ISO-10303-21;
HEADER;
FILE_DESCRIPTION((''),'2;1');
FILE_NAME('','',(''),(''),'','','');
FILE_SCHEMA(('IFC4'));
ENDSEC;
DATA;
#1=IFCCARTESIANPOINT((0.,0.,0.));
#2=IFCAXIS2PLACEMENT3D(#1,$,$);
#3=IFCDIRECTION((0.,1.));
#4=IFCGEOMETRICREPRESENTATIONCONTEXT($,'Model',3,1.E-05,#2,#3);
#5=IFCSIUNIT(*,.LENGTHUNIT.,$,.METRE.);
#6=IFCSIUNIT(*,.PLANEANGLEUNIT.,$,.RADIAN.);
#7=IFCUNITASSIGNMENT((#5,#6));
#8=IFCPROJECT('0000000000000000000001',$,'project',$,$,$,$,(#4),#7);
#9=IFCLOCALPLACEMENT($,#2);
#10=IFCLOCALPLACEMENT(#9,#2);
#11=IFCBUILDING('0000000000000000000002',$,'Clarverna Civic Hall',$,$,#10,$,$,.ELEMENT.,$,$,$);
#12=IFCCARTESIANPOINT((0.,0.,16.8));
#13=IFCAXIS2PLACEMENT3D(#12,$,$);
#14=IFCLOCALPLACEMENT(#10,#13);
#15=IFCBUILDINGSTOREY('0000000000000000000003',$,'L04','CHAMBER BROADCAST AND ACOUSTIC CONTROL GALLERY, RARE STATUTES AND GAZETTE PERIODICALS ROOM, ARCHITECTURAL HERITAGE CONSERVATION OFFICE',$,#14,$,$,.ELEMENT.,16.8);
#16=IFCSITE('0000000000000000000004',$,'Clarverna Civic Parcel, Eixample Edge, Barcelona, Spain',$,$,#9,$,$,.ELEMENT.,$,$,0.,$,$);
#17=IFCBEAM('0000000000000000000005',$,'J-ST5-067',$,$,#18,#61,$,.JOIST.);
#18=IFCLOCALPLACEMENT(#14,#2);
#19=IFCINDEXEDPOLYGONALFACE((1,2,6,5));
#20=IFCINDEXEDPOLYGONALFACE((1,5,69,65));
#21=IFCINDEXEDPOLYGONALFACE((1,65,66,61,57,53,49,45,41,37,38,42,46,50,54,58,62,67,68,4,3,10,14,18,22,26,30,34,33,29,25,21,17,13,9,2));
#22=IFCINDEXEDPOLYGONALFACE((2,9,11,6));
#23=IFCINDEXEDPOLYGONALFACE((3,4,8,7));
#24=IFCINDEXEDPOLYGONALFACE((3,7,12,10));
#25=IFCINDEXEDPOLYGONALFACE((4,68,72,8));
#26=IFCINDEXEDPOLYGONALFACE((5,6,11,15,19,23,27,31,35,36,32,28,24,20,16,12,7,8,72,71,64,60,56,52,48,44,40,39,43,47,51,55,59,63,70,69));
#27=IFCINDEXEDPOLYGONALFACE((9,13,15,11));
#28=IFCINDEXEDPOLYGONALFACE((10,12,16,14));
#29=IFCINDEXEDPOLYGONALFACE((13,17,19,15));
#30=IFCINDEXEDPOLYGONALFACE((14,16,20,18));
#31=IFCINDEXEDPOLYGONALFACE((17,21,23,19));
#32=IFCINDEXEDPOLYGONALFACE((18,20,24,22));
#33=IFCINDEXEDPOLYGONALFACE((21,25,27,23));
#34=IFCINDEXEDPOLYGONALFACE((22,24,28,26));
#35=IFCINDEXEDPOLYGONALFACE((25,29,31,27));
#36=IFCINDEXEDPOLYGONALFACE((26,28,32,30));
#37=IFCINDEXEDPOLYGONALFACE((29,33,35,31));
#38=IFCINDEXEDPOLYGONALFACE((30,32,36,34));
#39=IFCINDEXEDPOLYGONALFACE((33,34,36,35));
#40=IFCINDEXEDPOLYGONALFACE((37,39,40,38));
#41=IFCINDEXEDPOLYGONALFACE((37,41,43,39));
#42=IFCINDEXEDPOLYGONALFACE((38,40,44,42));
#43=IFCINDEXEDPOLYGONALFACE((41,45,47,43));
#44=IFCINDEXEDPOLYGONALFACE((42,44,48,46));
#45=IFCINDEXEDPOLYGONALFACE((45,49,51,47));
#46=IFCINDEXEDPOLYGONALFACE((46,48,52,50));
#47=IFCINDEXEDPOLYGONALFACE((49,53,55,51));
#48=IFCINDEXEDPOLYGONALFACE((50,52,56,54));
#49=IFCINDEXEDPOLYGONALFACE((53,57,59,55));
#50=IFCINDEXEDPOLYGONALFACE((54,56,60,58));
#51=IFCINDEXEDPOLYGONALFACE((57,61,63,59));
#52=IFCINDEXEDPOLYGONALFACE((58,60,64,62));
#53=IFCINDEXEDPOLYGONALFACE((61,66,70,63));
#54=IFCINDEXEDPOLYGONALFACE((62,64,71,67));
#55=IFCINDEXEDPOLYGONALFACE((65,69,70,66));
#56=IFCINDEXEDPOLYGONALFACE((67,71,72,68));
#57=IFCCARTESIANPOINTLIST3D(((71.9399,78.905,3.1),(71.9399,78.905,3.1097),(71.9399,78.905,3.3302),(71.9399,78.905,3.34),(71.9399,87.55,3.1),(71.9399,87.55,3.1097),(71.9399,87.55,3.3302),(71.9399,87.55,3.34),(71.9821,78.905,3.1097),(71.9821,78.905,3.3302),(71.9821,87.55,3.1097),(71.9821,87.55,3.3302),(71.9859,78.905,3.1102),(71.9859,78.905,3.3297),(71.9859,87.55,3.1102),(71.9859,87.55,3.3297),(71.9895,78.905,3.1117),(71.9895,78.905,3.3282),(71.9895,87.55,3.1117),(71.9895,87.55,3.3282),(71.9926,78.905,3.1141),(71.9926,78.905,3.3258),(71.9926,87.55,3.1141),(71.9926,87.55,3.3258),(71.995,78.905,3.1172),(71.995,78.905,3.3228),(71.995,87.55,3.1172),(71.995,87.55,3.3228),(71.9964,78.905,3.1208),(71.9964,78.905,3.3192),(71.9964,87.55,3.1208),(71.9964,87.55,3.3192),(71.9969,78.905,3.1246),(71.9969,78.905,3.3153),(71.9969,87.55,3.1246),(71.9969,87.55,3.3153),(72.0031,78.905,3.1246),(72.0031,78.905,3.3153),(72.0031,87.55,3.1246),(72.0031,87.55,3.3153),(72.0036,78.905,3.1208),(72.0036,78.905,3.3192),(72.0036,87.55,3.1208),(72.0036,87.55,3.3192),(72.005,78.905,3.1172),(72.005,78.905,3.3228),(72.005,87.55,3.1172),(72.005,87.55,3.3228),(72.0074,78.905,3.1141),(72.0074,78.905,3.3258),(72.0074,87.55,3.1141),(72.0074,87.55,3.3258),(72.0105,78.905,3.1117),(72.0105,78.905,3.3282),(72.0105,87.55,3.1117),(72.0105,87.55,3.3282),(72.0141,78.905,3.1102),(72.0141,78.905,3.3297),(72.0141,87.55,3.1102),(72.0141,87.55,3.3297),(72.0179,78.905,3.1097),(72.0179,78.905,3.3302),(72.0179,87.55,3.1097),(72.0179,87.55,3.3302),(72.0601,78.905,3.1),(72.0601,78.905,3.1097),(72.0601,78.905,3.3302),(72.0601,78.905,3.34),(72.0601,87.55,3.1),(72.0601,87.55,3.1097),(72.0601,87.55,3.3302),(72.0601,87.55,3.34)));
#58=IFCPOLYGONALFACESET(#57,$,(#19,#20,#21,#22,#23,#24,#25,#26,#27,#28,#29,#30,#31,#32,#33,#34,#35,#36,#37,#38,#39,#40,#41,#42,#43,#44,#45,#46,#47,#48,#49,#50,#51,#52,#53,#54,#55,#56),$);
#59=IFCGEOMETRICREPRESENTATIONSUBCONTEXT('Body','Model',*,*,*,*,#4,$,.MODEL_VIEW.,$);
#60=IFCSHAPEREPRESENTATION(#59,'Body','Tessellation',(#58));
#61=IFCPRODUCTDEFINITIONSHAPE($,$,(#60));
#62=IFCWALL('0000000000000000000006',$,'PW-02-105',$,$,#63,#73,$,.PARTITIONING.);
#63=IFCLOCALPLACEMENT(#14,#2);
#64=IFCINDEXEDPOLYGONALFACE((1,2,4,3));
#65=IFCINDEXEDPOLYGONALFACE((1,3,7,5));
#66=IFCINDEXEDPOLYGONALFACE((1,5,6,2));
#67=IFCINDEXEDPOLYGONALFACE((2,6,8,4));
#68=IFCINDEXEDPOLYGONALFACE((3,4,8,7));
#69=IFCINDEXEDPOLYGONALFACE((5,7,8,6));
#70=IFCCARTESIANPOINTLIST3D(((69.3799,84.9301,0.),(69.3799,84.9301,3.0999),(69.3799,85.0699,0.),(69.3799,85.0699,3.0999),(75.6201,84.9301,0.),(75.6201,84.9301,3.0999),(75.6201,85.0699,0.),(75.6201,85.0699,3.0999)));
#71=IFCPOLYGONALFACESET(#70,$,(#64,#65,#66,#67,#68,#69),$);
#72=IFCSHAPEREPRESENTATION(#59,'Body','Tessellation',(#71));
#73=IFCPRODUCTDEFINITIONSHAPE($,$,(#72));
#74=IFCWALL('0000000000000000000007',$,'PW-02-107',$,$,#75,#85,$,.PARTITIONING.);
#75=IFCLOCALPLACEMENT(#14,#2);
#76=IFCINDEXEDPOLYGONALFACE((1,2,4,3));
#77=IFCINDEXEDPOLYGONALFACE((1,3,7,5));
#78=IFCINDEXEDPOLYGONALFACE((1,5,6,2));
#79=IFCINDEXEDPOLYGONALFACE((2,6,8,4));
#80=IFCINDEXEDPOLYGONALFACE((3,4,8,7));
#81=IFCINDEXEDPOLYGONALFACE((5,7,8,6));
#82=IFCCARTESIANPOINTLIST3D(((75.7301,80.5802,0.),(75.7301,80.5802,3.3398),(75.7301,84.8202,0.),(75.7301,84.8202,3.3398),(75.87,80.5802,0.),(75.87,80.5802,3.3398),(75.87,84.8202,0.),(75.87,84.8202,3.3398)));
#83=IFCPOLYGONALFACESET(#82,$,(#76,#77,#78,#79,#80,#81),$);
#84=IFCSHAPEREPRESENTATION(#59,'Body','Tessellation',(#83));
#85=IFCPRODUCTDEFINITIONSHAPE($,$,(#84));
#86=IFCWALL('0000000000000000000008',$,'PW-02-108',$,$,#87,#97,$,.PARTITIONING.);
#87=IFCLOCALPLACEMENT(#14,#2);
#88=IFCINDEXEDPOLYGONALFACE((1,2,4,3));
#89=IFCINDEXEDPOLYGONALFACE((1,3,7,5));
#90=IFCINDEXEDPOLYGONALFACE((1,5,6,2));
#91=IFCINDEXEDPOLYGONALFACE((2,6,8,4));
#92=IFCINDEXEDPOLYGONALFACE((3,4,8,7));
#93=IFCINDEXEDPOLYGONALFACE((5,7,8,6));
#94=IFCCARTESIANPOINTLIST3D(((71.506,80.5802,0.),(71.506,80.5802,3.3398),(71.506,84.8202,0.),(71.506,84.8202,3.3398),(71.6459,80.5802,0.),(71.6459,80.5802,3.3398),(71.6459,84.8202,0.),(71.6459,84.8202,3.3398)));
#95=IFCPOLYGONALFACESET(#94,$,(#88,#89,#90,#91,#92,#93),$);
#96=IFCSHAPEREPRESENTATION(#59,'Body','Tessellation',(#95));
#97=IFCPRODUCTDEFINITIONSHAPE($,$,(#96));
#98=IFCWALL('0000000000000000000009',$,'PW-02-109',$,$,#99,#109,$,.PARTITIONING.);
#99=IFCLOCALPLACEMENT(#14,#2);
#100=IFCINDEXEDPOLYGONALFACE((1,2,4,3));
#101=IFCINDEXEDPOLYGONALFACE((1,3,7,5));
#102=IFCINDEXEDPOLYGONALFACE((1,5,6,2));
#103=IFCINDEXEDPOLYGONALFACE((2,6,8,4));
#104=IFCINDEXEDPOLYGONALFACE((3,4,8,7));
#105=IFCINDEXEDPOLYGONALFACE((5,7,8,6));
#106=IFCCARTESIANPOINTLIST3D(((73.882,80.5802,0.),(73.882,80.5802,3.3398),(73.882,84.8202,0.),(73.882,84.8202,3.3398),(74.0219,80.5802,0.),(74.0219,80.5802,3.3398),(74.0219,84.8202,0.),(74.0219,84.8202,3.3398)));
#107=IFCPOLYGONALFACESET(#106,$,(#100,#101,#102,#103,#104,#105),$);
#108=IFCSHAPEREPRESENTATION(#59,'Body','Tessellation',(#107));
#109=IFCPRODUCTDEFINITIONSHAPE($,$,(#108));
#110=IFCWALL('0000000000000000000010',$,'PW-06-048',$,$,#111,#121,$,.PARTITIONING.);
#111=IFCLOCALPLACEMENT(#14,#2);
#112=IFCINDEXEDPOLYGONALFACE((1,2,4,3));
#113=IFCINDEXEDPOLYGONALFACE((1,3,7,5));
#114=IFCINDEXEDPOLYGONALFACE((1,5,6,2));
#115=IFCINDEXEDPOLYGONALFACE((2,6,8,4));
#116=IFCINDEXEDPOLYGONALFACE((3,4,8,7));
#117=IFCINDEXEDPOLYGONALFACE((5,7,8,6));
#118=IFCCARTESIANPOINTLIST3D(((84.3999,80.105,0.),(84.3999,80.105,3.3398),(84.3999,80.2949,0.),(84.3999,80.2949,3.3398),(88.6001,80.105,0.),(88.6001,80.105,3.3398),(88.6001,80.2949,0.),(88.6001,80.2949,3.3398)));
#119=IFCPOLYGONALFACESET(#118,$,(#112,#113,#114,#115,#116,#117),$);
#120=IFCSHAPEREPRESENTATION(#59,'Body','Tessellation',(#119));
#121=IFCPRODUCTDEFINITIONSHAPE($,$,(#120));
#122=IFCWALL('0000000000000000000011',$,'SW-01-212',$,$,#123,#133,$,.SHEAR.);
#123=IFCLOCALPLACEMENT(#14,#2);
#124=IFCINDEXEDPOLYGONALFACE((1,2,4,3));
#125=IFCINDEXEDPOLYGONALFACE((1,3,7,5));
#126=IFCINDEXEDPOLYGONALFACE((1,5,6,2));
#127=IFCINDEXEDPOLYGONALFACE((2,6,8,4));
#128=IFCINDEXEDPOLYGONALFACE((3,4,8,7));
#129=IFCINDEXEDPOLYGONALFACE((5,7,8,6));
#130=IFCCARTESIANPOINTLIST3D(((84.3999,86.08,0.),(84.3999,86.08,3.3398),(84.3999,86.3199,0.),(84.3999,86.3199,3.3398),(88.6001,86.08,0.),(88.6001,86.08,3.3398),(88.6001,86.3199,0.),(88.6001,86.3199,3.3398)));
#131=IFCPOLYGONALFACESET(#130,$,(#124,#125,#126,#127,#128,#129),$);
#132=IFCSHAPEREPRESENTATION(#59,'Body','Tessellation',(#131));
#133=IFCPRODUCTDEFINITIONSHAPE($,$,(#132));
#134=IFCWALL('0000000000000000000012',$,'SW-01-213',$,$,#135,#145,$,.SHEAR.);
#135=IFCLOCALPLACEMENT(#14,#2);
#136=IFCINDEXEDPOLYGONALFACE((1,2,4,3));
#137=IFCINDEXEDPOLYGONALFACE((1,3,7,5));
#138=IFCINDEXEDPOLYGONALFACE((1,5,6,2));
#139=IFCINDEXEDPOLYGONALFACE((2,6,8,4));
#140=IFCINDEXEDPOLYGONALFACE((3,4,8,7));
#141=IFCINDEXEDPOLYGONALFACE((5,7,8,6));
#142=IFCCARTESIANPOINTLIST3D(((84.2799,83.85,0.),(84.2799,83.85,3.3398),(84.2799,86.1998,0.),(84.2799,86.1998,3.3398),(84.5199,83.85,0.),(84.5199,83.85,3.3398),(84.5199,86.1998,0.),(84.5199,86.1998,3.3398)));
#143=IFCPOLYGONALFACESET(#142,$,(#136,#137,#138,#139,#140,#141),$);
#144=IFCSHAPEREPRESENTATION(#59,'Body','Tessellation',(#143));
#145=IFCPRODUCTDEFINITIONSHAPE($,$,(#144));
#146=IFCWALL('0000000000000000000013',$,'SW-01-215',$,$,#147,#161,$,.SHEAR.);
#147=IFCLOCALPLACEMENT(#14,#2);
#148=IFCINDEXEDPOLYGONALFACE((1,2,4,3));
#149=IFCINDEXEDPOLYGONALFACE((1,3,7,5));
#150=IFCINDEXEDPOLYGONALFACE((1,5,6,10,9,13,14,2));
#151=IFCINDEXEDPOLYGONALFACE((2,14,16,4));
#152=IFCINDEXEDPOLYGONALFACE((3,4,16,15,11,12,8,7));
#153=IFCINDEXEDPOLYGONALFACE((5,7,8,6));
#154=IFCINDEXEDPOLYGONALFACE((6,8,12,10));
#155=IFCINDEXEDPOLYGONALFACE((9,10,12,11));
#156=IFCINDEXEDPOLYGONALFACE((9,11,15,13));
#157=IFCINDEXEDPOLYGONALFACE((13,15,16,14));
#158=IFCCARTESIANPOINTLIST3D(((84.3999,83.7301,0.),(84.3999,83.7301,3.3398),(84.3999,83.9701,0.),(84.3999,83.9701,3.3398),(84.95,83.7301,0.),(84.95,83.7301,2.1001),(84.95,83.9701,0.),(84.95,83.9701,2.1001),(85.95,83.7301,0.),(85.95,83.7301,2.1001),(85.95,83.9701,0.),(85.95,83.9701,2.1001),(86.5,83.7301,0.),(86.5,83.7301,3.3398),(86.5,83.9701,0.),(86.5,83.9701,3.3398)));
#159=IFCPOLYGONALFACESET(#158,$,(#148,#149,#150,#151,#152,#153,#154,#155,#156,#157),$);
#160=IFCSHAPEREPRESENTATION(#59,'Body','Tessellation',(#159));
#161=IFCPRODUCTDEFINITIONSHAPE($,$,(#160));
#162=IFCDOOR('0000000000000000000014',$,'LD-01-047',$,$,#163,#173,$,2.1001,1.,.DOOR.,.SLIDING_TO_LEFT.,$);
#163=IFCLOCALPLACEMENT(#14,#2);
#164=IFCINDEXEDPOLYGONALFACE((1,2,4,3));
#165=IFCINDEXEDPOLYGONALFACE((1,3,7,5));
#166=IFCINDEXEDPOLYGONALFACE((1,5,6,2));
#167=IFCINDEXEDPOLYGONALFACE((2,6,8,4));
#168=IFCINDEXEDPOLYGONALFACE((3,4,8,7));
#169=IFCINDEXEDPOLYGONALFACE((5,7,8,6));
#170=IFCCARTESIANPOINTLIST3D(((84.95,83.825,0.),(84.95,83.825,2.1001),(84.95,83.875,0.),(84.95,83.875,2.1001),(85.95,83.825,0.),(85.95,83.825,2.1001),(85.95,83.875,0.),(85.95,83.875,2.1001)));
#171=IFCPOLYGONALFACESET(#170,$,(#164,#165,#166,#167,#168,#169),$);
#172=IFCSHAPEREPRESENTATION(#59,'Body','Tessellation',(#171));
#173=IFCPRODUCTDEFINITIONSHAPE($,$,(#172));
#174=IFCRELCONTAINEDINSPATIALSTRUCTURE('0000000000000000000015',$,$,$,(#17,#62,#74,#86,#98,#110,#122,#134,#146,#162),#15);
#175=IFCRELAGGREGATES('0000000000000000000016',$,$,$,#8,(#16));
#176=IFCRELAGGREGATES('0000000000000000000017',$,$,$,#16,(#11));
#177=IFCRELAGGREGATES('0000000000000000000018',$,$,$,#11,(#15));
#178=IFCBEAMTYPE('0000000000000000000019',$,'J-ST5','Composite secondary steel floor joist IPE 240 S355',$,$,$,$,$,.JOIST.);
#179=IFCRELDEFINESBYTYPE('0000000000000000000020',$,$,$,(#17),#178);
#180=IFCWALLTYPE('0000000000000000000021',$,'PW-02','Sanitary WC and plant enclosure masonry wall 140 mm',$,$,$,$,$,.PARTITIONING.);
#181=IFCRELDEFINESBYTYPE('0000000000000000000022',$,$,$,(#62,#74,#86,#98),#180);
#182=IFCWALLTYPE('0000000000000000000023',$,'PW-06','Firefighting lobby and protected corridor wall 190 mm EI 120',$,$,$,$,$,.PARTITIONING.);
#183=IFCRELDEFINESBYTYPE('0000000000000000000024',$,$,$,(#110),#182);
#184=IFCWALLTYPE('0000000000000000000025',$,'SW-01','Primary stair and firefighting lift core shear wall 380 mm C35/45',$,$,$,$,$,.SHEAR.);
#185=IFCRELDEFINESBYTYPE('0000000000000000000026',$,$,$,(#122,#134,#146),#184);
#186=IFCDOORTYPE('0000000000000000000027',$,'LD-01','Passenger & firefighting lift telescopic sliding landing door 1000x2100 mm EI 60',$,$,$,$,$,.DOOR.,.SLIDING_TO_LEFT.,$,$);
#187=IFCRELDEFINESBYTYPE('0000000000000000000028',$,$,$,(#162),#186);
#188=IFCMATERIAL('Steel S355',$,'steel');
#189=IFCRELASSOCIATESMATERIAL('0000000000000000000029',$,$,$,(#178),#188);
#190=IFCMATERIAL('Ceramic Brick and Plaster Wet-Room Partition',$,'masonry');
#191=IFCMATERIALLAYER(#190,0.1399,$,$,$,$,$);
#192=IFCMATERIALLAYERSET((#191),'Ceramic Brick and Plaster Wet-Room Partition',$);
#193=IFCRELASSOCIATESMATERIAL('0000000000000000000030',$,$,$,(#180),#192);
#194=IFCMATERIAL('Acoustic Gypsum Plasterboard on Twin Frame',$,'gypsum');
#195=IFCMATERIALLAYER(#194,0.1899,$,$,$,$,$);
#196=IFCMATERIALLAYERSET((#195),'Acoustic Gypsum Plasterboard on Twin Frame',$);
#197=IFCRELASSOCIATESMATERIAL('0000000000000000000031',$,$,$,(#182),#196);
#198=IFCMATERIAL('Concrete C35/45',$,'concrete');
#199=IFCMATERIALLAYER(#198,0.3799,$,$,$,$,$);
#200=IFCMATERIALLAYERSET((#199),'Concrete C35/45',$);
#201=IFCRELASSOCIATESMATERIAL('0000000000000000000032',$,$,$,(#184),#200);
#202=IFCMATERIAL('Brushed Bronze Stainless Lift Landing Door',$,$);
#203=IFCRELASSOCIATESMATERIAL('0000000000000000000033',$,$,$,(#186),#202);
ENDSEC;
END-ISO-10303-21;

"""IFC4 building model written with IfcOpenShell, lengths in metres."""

from ifc_helpers import new_model, si_unit, direction, frame, frame_2d, origin, origin_2d, place, context, subcontext, project, spatial, rectangle, i_section, extrude, material, layer, layer_set, material_profile, profile_set, type_object, element, fill, save


model = new_model("IFC4")

# Units and contexts
model_context = context("Model", 3, precision=1e-05, world=origin(), true_north=direction((0.0, 1.0)))
body_context = subcontext(model_context, "Body", "Model", "MODEL_VIEW")
ifc_project = project(units=[si_unit("LENGTHUNIT", "METRE"), si_unit("PLANEANGLEUNIT", "RADIAN")], contexts=[model_context])

# Site, building, storey
site_placement = place(None, origin())
site = spatial("IfcSite", under=ifc_project, at=site_placement, Name="Clarverna Civic Parcel, Eixample Edge, Barcelona, Spain", CompositionType="ELEMENT", RefElevation=0.0)
building_placement = place(site_placement, origin())
building = spatial("IfcBuilding", under=site, at=building_placement, Name="Clarverna Civic Hall", CompositionType="ELEMENT")
storey_placement = place(building_placement, frame((0.0, 0.0, 16.8)))
storey = spatial("IfcBuildingStorey", under=building, at=storey_placement, Name="L04", Description="CHAMBER BROADCAST AND ACOUSTIC CONTROL GALLERY, RARE STATUTES AND GAZETTE PERIODICALS ROOM, ARCHITECTURAL HERITAGE CONSERVATION OFFICE", CompositionType="ELEMENT", Elevation=16.8)

# Shared definitions
ifc_material_1 = material(Name="Concrete C35/45", Category="concrete")

# Beam
ifc_material_2 = material(Name="Steel S355", Category="steel")
ifc_material_profile_1 = material_profile(ifc_material_2, i_section(OverallWidth=0.1201, OverallDepth=0.24, WebThickness=0.0061, FlangeThickness=0.0098, FilletRadius=0.0149, at=origin_2d()), Name="IPE 240")
ifc_profile_set_1 = profile_set([ifc_material_profile_1], Name="Steel S355")
beam_type_1 = type_object("IfcBeamType", Name="J-ST5", Description="Composite secondary steel floor joist IPE 240 S355", PredefinedType="JOIST", material=ifc_profile_set_1)
beam_1_placement = place(storey_placement, frame((72.0, 78.905, 3.22), z_axis=(0.0, 1.0, 0.0), x_axis=(-1.0, 0.0, 0.0)))
element("IfcBeam", 1, at=beam_1_placement, inside=storey, type_object=beam_type_1, Name="J-ST5-067", PredefinedType="JOIST", context=body_context, shape_type="SweptSolid", body=[
    extrude(i_section(OverallWidth=0.1201, OverallDepth=0.24, WebThickness=0.0061, FlangeThickness=0.0098, FilletRadius=0.0149, at=origin_2d()), origin(), (0.0, 0.0, 1.0), 8.645),
])

# Walls
ifc_material_3 = material(Name="Ceramic Brick and Plaster Wet-Room Partition", Category="masonry")
ifc_layer_1 = layer(ifc_material_3, 0.1399)
ifc_layer_set_1 = layer_set([ifc_layer_1], Name="Ceramic Brick and Plaster Wet-Room Partition")
wall_type_1 = type_object("IfcWallType", Name="PW-02", Description="Sanitary WC and plant enclosure masonry wall 140 mm", PredefinedType="PARTITIONING", material=ifc_layer_set_1)
wall_1_placement = place(storey_placement, frame((69.3799, 85.0, 0.0), z_axis=(0.0, 0.0, 1.0), x_axis=(1.0, 0.0, 0.0)))
element("IfcWall", 2, at=wall_1_placement, inside=storey, type_object=wall_type_1, Name="PW-02-105", PredefinedType="PARTITIONING", context=body_context, shape_type="SweptSolid", body=[
    extrude(rectangle(XDim=6.2402, YDim=0.1399, at=frame_2d((3.1201, 0.0))), origin(), (0.0, 0.0, 1.0), 3.0999),
])
for number, where, z_axis, x_axis, name in (
    (3, (75.8, 80.5801, 0.0), (0.0, 0.0, 1.0), (0.0, 1.0, 0.0), "PW-02-107"),
    (4, (71.5759, 80.5801, 0.0), (0.0, 0.0, 1.0), (0.0, 1.0, 0.0), "PW-02-108"),
    (5, (73.9519, 80.5801, 0.0), (0.0, 0.0, 1.0), (0.0, 1.0, 0.0), "PW-02-109"),
):
    element("IfcWall", number, at=place(storey_placement, frame(where, z_axis=z_axis, x_axis=x_axis)), inside=storey, type_object=wall_type_1, Name=name, PredefinedType="PARTITIONING", context=body_context, shape_type="SweptSolid", body=[
        extrude(rectangle(XDim=4.24, YDim=0.1399, at=frame_2d((2.1201, 0.0))), origin(), (0.0, 0.0, 1.0), 3.3398),
    ])

# Shared definitions
ifc_material_4 = material(Name="Acoustic Gypsum Plasterboard on Twin Frame", Category="gypsum")
ifc_layer_2 = layer(ifc_material_4, 0.1899)
ifc_layer_set_2 = layer_set([ifc_layer_2], Name="Acoustic Gypsum Plasterboard on Twin Frame")
wall_type_2 = type_object("IfcWallType", Name="PW-06", Description="Firefighting lobby and protected corridor wall 190 mm EI 120", PredefinedType="PARTITIONING", material=ifc_layer_set_2)

# Walls
wall_2_placement = place(storey_placement, frame((84.3999, 80.2, 0.0), z_axis=(0.0, 0.0, 1.0), x_axis=(1.0, 0.0, 0.0)))
element("IfcWall", 6, at=wall_2_placement, inside=storey, type_object=wall_type_2, Name="PW-06-048", PredefinedType="PARTITIONING", context=body_context, shape_type="SweptSolid", body=[
    extrude(rectangle(XDim=4.2002, YDim=0.1899, at=frame_2d((2.1001, 0.0))), origin(), (0.0, 0.0, 1.0), 3.3398),
])
ifc_layer_3 = layer(ifc_material_1, 0.3799)
ifc_layer_set_3 = layer_set([ifc_layer_3], Name="Concrete C35/45")
wall_type_3 = type_object("IfcWallType", Name="SW-01", Description="Primary stair and firefighting lift core shear wall 380 mm C35/45", PredefinedType="SHEAR", material=ifc_layer_set_3)
wall_3_placement = place(storey_placement, frame((84.3999, 86.2, 0.0), z_axis=(0.0, 0.0, 1.0), x_axis=(1.0, 0.0, 0.0)))
element("IfcWall", 7, at=wall_3_placement, inside=storey, type_object=wall_type_3, Name="SW-01-212", PredefinedType="SHEAR", context=body_context, shape_type="SweptSolid", body=[
    extrude(rectangle(XDim=4.2002, YDim=0.24, at=frame_2d((2.1001, 0.0))), origin(), (0.0, 0.0, 1.0), 3.3398),
])
wall_4_placement = place(storey_placement, frame((84.3999, 83.8501, 0.0), z_axis=(0.0, 0.0, 1.0), x_axis=(0.0, 1.0, 0.0)))
element("IfcWall", 8, at=wall_4_placement, inside=storey, type_object=wall_type_3, Name="SW-01-213", PredefinedType="SHEAR", context=body_context, shape_type="SweptSolid", body=[
    extrude(rectangle(XDim=2.3499, YDim=0.24, at=frame_2d((1.1748, 0.0))), origin(), (0.0, 0.0, 1.0), 3.3398),
])

# Wall, opening, door
wall_5_placement = place(storey_placement, frame((84.3999, 83.8501, 0.0), z_axis=(0.0, 0.0, 1.0), x_axis=(1.0, 0.0, 0.0)))
wall_5 = element("IfcWall", 9, at=wall_5_placement, inside=storey, type_object=wall_type_3, Name="SW-01-215", PredefinedType="SHEAR", context=body_context, shape_type="SweptSolid", body=[
    extrude(rectangle(XDim=2.1001, YDim=0.24, at=frame_2d((1.05, 0.0))), origin(), (0.0, 0.0, 1.0), 3.3398),
])
opening_1_placement = place(wall_5_placement, frame((0.55, 0.0, 0.0)))
opening_1 = element("IfcOpeningElement", 10, at=opening_1_placement, cuts=wall_5, PredefinedType="OPENING", context=body_context, shape_type="SweptSolid", body=[
    extrude(rectangle(XDim=1.0, YDim=2.1001, at=frame_2d((0.5, 1.05))), frame((0.0, 0.1299, 0.0), z_axis=(0.0, -1.0, 0.0), x_axis=(1.0, 0.0, 0.0)), (0.0, 0.0, 1.0), 0.26),
])
ifc_material_5 = material(Name="Brushed Bronze Stainless Lift Landing Door")
door_type_1 = type_object("IfcDoorType", Name="LD-01", Description="Passenger & firefighting lift telescopic sliding landing door 1000x2100 mm EI 60", OperationType="SLIDING_TO_LEFT", PredefinedType="DOOR", material=ifc_material_5)
door_1_placement = place(opening_1_placement, origin())
door_1 = element("IfcDoor", 11, at=door_1_placement, inside=storey, type_object=door_type_1, Name="LD-01-047", OperationType="SLIDING_TO_LEFT", OverallHeight=2.1001, OverallWidth=1.0, PredefinedType="DOOR", context=body_context, shape_type="SweptSolid", body=[
    extrude(rectangle(XDim=1.0, YDim=2.1001, at=frame_2d((0.5, 1.05))), frame((0.0, 0.0249, 0.0), z_axis=(0.0, -1.0, 0.0), x_axis=(1.0, 0.0, 0.0)), (0.0, 0.0, 1.0), 0.05),
])
fill(opening_1, door_1)

save(model, "model.ifc")
